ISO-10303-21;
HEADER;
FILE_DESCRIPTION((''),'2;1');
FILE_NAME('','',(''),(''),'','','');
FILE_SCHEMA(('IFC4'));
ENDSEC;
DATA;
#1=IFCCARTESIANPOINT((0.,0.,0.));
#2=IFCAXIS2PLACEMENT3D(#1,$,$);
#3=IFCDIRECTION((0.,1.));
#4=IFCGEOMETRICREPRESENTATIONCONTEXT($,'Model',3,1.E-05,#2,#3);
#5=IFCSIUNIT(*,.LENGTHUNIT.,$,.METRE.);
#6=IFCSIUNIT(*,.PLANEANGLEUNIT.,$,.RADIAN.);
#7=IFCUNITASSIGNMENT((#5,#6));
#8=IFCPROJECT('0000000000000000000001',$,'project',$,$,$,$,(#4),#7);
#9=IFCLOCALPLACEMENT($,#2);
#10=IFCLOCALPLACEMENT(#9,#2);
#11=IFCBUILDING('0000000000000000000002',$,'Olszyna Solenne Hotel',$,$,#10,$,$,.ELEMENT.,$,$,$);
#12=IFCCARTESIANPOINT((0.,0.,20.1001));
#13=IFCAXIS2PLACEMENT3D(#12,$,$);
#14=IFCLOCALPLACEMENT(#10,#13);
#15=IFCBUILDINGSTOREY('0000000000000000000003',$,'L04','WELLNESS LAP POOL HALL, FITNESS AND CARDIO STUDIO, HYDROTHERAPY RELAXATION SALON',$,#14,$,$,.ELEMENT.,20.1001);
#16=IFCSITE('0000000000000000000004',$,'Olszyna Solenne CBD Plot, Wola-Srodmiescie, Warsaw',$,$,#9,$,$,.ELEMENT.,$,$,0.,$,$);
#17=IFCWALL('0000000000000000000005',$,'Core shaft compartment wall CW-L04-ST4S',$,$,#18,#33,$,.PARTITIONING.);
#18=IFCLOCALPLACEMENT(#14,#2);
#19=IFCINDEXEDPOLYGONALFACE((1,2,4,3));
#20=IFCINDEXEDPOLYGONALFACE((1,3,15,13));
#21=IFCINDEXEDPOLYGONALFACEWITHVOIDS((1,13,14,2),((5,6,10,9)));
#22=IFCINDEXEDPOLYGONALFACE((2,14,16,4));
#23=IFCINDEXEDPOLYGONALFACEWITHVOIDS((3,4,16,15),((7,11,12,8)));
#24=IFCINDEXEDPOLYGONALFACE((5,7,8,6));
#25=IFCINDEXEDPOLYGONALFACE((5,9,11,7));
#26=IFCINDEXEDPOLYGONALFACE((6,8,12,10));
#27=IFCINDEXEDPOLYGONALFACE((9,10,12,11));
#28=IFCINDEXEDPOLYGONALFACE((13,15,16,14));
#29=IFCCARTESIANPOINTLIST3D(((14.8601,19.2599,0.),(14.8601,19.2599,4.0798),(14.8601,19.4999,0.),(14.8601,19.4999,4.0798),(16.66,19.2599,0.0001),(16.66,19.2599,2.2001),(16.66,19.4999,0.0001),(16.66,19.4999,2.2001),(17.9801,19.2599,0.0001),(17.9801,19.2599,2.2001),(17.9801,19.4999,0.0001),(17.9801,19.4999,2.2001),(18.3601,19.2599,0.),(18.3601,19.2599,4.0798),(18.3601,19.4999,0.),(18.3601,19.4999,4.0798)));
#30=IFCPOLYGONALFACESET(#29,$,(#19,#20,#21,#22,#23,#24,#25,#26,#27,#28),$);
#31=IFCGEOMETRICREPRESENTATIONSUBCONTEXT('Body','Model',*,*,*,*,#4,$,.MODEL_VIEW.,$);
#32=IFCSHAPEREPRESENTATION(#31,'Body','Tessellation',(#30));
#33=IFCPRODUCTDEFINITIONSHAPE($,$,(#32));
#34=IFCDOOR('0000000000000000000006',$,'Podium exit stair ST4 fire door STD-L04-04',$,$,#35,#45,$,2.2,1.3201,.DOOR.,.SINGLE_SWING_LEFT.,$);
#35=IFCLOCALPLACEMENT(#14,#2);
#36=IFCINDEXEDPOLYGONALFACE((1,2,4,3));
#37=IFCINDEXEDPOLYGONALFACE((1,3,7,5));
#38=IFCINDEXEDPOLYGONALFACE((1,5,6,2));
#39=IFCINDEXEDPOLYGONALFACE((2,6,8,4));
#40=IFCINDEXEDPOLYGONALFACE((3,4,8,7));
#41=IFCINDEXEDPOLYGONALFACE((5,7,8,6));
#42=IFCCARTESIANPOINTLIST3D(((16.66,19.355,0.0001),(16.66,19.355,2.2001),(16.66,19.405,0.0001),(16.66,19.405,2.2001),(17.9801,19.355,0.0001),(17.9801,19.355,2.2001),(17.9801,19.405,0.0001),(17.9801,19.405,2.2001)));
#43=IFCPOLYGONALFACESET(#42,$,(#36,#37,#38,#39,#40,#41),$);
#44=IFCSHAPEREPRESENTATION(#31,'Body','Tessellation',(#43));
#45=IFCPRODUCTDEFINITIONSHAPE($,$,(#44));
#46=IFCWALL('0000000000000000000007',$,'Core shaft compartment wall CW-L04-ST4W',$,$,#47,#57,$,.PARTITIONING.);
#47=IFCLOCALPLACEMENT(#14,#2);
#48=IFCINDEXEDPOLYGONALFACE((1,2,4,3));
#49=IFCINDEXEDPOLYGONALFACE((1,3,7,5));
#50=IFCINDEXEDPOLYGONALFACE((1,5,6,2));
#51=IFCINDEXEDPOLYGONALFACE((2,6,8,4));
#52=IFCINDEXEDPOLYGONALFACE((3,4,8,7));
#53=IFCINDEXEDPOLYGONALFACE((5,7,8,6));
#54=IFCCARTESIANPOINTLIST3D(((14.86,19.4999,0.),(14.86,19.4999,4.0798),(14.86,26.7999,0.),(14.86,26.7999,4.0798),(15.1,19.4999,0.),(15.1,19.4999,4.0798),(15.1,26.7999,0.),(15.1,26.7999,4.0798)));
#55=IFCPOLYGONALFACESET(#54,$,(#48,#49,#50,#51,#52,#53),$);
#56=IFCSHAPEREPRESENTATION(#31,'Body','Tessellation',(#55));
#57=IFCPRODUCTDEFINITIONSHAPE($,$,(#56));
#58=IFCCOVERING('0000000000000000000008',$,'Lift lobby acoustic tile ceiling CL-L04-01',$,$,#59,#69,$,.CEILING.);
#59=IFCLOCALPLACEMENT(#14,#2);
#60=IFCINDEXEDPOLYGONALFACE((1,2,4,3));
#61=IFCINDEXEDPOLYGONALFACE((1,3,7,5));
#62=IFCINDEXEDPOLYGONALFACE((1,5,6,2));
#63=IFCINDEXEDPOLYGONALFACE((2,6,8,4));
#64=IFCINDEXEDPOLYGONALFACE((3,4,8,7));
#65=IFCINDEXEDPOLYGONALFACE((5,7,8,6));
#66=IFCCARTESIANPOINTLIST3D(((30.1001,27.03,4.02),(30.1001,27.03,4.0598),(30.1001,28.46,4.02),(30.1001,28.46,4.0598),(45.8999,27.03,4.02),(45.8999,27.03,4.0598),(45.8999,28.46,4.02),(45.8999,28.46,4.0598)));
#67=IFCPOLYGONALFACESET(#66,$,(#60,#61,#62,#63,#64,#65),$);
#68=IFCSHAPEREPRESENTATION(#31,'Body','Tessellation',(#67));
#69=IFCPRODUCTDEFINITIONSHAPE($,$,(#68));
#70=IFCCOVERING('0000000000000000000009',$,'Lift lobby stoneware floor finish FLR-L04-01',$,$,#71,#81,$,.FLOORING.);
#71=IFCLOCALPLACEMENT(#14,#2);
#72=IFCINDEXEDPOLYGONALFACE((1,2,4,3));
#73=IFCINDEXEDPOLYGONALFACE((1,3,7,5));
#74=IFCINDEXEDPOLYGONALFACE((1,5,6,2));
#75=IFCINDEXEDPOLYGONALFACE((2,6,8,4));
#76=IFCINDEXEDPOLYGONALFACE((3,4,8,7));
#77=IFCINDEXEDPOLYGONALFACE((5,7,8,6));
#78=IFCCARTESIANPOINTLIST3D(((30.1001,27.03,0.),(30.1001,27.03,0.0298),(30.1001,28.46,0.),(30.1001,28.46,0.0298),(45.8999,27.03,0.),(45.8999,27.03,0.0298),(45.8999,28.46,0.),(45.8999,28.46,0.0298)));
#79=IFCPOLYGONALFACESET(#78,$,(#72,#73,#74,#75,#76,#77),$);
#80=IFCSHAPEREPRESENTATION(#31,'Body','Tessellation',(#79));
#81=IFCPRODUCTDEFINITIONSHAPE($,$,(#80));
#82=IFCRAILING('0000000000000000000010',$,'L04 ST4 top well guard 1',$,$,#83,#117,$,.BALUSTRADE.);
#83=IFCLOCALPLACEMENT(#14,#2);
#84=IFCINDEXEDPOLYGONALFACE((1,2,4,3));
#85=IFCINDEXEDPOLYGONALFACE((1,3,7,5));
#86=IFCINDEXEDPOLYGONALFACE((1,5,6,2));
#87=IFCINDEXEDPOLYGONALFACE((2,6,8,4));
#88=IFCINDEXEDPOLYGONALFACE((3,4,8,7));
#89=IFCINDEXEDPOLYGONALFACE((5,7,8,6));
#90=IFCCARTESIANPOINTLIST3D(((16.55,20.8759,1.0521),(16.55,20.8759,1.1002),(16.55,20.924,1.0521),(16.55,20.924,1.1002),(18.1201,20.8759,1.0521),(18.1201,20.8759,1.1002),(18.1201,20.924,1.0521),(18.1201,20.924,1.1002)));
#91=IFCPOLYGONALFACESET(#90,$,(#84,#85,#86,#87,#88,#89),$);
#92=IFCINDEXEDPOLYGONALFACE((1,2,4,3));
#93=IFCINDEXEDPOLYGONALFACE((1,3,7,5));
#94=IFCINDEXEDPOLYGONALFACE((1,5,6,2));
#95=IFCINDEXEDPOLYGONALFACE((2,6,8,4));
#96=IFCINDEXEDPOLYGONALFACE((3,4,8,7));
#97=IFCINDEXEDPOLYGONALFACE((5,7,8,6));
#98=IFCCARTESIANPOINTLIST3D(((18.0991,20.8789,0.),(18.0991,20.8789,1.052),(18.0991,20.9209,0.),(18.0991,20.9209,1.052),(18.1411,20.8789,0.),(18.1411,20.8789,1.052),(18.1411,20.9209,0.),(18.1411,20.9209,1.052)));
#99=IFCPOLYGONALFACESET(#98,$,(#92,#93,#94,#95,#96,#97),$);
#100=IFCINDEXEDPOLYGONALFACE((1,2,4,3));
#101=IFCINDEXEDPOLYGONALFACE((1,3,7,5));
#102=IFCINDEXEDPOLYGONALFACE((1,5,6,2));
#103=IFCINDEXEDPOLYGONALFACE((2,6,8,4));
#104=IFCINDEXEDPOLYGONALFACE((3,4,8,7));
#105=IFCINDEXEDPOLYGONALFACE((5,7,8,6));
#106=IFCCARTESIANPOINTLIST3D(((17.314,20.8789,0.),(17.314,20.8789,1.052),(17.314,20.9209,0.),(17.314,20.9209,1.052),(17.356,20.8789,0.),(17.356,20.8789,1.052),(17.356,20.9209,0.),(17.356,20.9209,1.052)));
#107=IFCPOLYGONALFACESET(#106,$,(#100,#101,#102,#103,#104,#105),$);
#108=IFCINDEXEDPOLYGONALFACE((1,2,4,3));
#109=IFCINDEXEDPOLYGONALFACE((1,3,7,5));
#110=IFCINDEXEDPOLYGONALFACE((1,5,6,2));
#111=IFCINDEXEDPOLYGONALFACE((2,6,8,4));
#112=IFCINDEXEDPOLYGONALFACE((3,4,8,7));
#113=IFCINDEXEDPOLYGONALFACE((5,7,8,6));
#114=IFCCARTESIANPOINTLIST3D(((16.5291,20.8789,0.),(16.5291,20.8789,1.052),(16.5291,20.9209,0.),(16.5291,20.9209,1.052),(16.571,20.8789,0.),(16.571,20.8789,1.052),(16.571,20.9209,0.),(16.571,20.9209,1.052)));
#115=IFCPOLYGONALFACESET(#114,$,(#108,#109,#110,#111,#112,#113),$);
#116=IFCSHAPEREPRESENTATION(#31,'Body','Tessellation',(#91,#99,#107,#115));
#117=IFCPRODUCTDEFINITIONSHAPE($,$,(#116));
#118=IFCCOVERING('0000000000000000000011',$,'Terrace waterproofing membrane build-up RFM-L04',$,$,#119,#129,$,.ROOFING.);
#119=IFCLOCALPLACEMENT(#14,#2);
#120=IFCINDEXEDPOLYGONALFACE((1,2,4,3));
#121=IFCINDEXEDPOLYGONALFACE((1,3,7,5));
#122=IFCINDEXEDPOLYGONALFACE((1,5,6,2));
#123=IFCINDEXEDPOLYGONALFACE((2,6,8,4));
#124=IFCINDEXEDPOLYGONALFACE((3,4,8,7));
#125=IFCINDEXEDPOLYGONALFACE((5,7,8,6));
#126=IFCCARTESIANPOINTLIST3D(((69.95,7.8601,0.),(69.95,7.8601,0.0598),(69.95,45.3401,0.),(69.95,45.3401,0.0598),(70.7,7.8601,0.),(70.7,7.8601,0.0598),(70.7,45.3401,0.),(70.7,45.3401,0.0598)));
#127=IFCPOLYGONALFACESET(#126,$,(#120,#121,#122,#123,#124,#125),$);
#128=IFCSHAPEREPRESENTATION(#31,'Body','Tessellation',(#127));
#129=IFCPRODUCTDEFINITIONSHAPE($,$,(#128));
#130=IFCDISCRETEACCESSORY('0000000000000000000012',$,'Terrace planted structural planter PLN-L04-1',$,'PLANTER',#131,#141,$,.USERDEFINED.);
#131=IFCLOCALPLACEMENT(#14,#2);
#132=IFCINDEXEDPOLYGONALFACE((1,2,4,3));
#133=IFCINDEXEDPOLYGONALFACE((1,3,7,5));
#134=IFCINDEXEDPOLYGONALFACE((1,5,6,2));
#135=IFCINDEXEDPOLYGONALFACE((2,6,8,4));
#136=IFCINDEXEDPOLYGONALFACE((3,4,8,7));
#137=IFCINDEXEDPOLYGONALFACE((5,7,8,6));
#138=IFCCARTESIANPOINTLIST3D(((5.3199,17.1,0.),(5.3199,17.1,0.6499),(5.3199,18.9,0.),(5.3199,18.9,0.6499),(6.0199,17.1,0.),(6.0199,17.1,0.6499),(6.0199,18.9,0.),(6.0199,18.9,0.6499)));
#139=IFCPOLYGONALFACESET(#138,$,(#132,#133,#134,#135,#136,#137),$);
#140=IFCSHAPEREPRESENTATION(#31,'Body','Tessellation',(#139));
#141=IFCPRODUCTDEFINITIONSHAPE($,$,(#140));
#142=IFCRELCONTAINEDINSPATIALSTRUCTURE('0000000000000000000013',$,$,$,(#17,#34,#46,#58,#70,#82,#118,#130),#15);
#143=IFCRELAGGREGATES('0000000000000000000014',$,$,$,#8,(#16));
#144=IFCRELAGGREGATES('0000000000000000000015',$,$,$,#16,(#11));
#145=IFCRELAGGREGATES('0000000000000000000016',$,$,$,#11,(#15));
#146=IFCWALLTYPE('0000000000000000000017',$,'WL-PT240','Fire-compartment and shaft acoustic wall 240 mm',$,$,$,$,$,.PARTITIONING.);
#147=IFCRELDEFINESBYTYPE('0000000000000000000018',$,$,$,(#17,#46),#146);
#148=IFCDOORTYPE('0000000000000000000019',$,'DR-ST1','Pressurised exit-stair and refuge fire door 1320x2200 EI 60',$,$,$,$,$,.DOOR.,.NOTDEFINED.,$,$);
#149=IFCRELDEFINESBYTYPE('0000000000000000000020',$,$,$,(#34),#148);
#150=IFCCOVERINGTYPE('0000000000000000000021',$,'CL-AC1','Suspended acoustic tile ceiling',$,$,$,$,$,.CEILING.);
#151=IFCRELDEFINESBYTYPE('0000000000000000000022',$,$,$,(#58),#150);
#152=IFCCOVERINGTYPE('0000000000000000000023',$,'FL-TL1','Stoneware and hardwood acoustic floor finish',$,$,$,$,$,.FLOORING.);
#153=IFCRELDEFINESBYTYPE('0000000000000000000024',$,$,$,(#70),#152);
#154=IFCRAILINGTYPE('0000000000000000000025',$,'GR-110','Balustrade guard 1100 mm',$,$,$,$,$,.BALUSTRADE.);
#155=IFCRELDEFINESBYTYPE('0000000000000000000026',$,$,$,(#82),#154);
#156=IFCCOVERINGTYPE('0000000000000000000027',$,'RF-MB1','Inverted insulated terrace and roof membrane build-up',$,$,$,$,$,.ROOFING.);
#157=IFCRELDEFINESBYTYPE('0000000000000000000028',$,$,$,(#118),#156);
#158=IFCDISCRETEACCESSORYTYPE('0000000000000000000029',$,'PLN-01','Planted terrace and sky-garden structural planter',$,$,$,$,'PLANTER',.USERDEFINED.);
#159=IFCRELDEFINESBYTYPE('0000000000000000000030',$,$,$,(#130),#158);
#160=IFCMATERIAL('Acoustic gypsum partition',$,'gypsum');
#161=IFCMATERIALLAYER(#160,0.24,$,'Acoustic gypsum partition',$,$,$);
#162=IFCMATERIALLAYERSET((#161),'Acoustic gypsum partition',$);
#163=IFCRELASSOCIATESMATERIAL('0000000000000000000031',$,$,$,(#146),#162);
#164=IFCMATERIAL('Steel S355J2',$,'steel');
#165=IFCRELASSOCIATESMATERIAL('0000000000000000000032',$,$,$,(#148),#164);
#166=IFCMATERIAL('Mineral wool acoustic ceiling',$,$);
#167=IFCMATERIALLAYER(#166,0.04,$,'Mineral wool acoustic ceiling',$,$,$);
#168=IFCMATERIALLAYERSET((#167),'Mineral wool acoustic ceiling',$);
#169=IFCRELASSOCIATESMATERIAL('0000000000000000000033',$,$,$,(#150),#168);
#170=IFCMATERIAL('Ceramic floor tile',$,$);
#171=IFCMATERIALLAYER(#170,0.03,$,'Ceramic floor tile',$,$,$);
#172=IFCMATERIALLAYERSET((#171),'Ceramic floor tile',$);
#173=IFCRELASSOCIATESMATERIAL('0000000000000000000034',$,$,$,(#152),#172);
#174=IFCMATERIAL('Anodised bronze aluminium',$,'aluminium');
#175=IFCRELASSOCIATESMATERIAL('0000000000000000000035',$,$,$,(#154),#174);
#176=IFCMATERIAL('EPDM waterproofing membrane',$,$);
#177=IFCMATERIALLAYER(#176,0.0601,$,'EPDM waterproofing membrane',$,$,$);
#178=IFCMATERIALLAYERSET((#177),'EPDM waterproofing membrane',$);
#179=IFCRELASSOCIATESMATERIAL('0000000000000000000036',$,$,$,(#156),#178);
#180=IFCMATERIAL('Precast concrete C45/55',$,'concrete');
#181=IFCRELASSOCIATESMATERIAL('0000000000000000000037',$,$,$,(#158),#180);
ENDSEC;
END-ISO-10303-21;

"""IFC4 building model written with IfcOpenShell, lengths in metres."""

from ifc_helpers import new_model, si_unit, direction, frame, frame_2d, origin, origin_2d, place, context, subcontext, project, spatial, polyline, rectangle, outline, extrude, source, transform, mapped, material, layer, layer_set, type_object, type_shapes, element, fill, save


model = new_model("IFC4")

# Units and contexts
model_context = context("Model", 3, precision=1e-05, world=origin(), true_north=direction((0.0, 1.0)))
body_context = subcontext(model_context, "Body", "Model", "MODEL_VIEW")
ifc_project = project(units=[si_unit("LENGTHUNIT", "METRE"), si_unit("PLANEANGLEUNIT", "RADIAN")], contexts=[model_context])

# Site, building, storey
site_placement = place(None, origin())
site = spatial("IfcSite", under=ifc_project, at=site_placement, Name="Olszyna Solenne CBD Plot, Wola-Srodmiescie, Warsaw", CompositionType="ELEMENT", RefElevation=0.0)
building_placement = place(site_placement, origin())
building = spatial("IfcBuilding", under=site, at=building_placement, Name="Olszyna Solenne Hotel", CompositionType="ELEMENT")
storey_placement = place(building_placement, frame((0.0, 0.0, 20.1001)))
storey = spatial("IfcBuildingStorey", under=building, at=storey_placement, Name="L04", Description="WELLNESS LAP POOL HALL, FITNESS AND CARDIO STUDIO, HYDROTHERAPY RELAXATION SALON", CompositionType="ELEMENT", Elevation=20.1001)

# Shared definitions
ifc_material_1 = material(Name="Steel S355J2", Category="steel")

# Shared definitions
ifc_material_2 = material(Name="Anodised bronze aluminium", Category="aluminium")

# Shared definitions
ifc_material_3 = material(Name="Acoustic gypsum partition", Category="gypsum")

# Wall, opening, door
ifc_layer_1 = layer(ifc_material_3, 0.24, Name="Acoustic gypsum partition")
ifc_layer_set_1 = layer_set([ifc_layer_1], Name="Acoustic gypsum partition")
wall_type_1 = type_object("IfcWallType", Name="WL-PT240", Description="Fire-compartment and shaft acoustic wall 240 mm", PredefinedType="PARTITIONING", material=ifc_layer_set_1)
wall_1_placement = place(storey_placement, frame((18.3601, 19.3799, 0.0), z_axis=(0.0, 0.0, 1.0), x_axis=(-1.0, 0.0, 0.0)))
wall_1 = element("IfcWall", 1, at=wall_1_placement, inside=storey, type_object=wall_type_1, Name="Core shaft compartment wall CW-L04-ST4S", PredefinedType="PARTITIONING", context=body_context, shape_type="SweptSolid", body=[
    extrude(rectangle(XDim=3.5, YDim=0.24, at=frame_2d((1.75, 0.0))), origin(), (0.0, 0.0, 1.0), 4.0798),
])
opening_1_placement = place(wall_1_placement, frame((0.3799, 0.0, 0.0)))
opening_1 = element("IfcOpeningElement", 2, at=opening_1_placement, cuts=wall_1, PredefinedType="OPENING", context=body_context, shape_type="SweptSolid", body=[
    extrude(rectangle(XDim=1.3201, YDim=2.2, at=frame_2d((0.6602, 1.1001))), frame((0.0, 0.1299, 0.0), z_axis=(0.0, -1.0, 0.0), x_axis=(1.0, 0.0, 0.0)), (0.0, 0.0, 1.0), 0.26),
])
door_type_1 = type_object("IfcDoorType", Name="DR-ST1", Description="Pressurised exit-stair and refuge fire door 1320x2200 EI 60", OperationType="NOTDEFINED", PredefinedType="DOOR", material=ifc_material_1)
shared_shape_1 = source(origin(), body_context, "Body", "SweptSolid", [
    extrude(rectangle(XDim=1.3201, YDim=2.2, at=frame_2d((0.6602, 1.1001))), frame((0.0, 0.0249, 0.0), z_axis=(0.0, -1.0, 0.0), x_axis=(1.0, 0.0, 0.0)), (0.0, 0.0, 1.0), 0.05),
])
type_shapes(door_type_1, [shared_shape_1])
door_1_placement = place(opening_1_placement, origin())
door_1 = element("IfcDoor", 3, at=door_1_placement, inside=storey, type_object=door_type_1, Name="Podium exit stair ST4 fire door STD-L04-04", OperationType="SINGLE_SWING_LEFT", OverallHeight=2.2, OverallWidth=1.3201, PredefinedType="DOOR", context=body_context, shape_type="MappedRepresentation", body=[
    mapped(shared_shape_1, transform((0.0, 0.0, 0.0), x_axis=(1.0, 0.0, 0.0), y_axis=(0.0, 1.0, 0.0), z_axis=(0.0, 0.0, 1.0), scale=1.0)),
])
fill(opening_1, door_1)

# Wall
wall_2_placement = place(storey_placement, frame((14.98, 19.5, 0.0), z_axis=(0.0, 0.0, 1.0), x_axis=(0.0, 1.0, 0.0)))
element("IfcWall", 4, at=wall_2_placement, inside=storey, type_object=wall_type_1, Name="Core shaft compartment wall CW-L04-ST4W", PredefinedType="PARTITIONING", context=body_context, shape_type="SweptSolid", body=[
    extrude(rectangle(XDim=7.3, YDim=0.24, at=frame_2d((3.6499, 0.0))), origin(), (0.0, 0.0, 1.0), 4.0798),
])

# Coverings
ifc_material_4 = material(Name="Mineral wool acoustic ceiling")
ifc_layer_2 = layer(ifc_material_4, 0.04, Name="Mineral wool acoustic ceiling")
ifc_layer_set_2 = layer_set([ifc_layer_2], Name="Mineral wool acoustic ceiling")
covering_type_1 = type_object("IfcCoveringType", Name="CL-AC1", Description="Suspended acoustic tile ceiling", PredefinedType="CEILING", material=ifc_layer_set_2)
covering_1_placement = place(storey_placement, frame((0.0, 0.0, 4.02)))
element("IfcCovering", 5, at=covering_1_placement, inside=storey, type_object=covering_type_1, Name="Lift lobby acoustic tile ceiling CL-L04-01", PredefinedType="CEILING", context=body_context, shape_type="SweptSolid", body=[
    extrude(outline(polyline([(30.1001, 27.03), (45.8999, 27.03), (45.8999, 28.46), (30.1001, 28.46), (30.1001, 27.03)])), origin(), (0.0, 0.0, 1.0), 0.0398),
])
ifc_material_5 = material(Name="Ceramic floor tile")
ifc_layer_3 = layer(ifc_material_5, 0.03, Name="Ceramic floor tile")
ifc_layer_set_3 = layer_set([ifc_layer_3], Name="Ceramic floor tile")
covering_type_2 = type_object("IfcCoveringType", Name="FL-TL1", Description="Stoneware and hardwood acoustic floor finish", PredefinedType="FLOORING", material=ifc_layer_set_3)
covering_2_placement = place(storey_placement, origin())
element("IfcCovering", 6, at=covering_2_placement, inside=storey, type_object=covering_type_2, Name="Lift lobby stoneware floor finish FLR-L04-01", PredefinedType="FLOORING", context=body_context, shape_type="SweptSolid", body=[
    extrude(outline(polyline([(30.1001, 27.03), (45.8999, 27.03), (45.8999, 28.46), (30.1001, 28.46), (30.1001, 27.03)])), origin(), (0.0, 0.0, 1.0), 0.0298),
])

# Railing
railing_type = type_object("IfcRailingType", Name="GR-110", Description="Balustrade guard 1100 mm", PredefinedType="BALUSTRADE", material=ifc_material_2)
railing_placement = place(storey_placement, frame((18.1201, 20.8999, 0.0)))
element("IfcRailing", 7, at=railing_placement, inside=storey, type_object=railing_type, Name="L04 ST4 top well guard 1", PredefinedType="BALUSTRADE", context=body_context, shape_type="SweptSolid", body=[
    extrude(rectangle(XDim=0.0481, YDim=0.0481, at=origin_2d()), frame((0.0, 0.0, 1.0762), z_axis=(-1.0, 0.0, 0.0), x_axis=(0.0, -1.0, 0.0)), (0.0, 0.0, 1.0), 1.5701),
    extrude(rectangle(XDim=0.042, YDim=0.042, at=origin_2d()), origin(), (0.0, 0.0, 1.0), 1.052),
    extrude(rectangle(XDim=0.042, YDim=0.042, at=origin_2d()), frame((-0.7852, 0.0, 0.0)), (0.0, 0.0, 1.0), 1.052),
    extrude(rectangle(XDim=0.042, YDim=0.042, at=origin_2d()), frame((-1.5701, 0.0, 0.0)), (0.0, 0.0, 1.0), 1.052),
])

# Covering
ifc_material_6 = material(Name="EPDM waterproofing membrane")
ifc_layer_4 = layer(ifc_material_6, 0.0601, Name="EPDM waterproofing membrane")
ifc_layer_set_4 = layer_set([ifc_layer_4], Name="EPDM waterproofing membrane")
covering_type_3 = type_object("IfcCoveringType", Name="RF-MB1", Description="Inverted insulated terrace and roof membrane build-up", PredefinedType="ROOFING", material=ifc_layer_set_4)
covering_3_placement = place(storey_placement, origin())
element("IfcCovering", 8, at=covering_3_placement, inside=storey, type_object=covering_type_3, Name="Terrace waterproofing membrane build-up RFM-L04", PredefinedType="ROOFING", context=body_context, shape_type="SweptSolid", body=[
    extrude(outline(polyline([(69.95, 7.8601), (70.7, 7.8601), (70.7, 45.3401), (69.95, 45.3401), (69.95, 7.8601)])), origin(), (0.0, 0.0, 1.0), 0.0598),
])

# Discrete accessory
ifc_material_7 = material(Name="Precast concrete C45/55", Category="concrete")
discrete_accessory_type = type_object("IfcDiscreteAccessoryType", Name="PLN-01", Description="Planted terrace and sky-garden structural planter", ElementType="PLANTER", PredefinedType="USERDEFINED", material=ifc_material_7)
shared_shape_2 = source(origin(), body_context, "Body", "SweptSolid", [
    extrude(rectangle(XDim=1.8, YDim=0.7, at=origin_2d()), origin(), (0.0, 0.0, 1.0), 0.6499),
])
discrete_accessory_placement = place(storey_placement, frame((5.6699, 18.0, 0.0), z_axis=(0.0, 0.0, 1.0), x_axis=(0.0, 1.0, 0.0)))
element("IfcDiscreteAccessory", 9, at=discrete_accessory_placement, inside=storey, type_object=discrete_accessory_type, Name="Terrace planted structural planter PLN-L04-1", ObjectType="PLANTER", PredefinedType="USERDEFINED", context=body_context, shape_type="MappedRepresentation", body=[
    mapped(shared_shape_2, transform((0.0, 0.0, 0.0), x_axis=(1.0, 0.0, 0.0), y_axis=(0.0, 1.0, 0.0), z_axis=(0.0, 0.0, 1.0), scale=1.0)),
])

save(model, "model.ifc")
